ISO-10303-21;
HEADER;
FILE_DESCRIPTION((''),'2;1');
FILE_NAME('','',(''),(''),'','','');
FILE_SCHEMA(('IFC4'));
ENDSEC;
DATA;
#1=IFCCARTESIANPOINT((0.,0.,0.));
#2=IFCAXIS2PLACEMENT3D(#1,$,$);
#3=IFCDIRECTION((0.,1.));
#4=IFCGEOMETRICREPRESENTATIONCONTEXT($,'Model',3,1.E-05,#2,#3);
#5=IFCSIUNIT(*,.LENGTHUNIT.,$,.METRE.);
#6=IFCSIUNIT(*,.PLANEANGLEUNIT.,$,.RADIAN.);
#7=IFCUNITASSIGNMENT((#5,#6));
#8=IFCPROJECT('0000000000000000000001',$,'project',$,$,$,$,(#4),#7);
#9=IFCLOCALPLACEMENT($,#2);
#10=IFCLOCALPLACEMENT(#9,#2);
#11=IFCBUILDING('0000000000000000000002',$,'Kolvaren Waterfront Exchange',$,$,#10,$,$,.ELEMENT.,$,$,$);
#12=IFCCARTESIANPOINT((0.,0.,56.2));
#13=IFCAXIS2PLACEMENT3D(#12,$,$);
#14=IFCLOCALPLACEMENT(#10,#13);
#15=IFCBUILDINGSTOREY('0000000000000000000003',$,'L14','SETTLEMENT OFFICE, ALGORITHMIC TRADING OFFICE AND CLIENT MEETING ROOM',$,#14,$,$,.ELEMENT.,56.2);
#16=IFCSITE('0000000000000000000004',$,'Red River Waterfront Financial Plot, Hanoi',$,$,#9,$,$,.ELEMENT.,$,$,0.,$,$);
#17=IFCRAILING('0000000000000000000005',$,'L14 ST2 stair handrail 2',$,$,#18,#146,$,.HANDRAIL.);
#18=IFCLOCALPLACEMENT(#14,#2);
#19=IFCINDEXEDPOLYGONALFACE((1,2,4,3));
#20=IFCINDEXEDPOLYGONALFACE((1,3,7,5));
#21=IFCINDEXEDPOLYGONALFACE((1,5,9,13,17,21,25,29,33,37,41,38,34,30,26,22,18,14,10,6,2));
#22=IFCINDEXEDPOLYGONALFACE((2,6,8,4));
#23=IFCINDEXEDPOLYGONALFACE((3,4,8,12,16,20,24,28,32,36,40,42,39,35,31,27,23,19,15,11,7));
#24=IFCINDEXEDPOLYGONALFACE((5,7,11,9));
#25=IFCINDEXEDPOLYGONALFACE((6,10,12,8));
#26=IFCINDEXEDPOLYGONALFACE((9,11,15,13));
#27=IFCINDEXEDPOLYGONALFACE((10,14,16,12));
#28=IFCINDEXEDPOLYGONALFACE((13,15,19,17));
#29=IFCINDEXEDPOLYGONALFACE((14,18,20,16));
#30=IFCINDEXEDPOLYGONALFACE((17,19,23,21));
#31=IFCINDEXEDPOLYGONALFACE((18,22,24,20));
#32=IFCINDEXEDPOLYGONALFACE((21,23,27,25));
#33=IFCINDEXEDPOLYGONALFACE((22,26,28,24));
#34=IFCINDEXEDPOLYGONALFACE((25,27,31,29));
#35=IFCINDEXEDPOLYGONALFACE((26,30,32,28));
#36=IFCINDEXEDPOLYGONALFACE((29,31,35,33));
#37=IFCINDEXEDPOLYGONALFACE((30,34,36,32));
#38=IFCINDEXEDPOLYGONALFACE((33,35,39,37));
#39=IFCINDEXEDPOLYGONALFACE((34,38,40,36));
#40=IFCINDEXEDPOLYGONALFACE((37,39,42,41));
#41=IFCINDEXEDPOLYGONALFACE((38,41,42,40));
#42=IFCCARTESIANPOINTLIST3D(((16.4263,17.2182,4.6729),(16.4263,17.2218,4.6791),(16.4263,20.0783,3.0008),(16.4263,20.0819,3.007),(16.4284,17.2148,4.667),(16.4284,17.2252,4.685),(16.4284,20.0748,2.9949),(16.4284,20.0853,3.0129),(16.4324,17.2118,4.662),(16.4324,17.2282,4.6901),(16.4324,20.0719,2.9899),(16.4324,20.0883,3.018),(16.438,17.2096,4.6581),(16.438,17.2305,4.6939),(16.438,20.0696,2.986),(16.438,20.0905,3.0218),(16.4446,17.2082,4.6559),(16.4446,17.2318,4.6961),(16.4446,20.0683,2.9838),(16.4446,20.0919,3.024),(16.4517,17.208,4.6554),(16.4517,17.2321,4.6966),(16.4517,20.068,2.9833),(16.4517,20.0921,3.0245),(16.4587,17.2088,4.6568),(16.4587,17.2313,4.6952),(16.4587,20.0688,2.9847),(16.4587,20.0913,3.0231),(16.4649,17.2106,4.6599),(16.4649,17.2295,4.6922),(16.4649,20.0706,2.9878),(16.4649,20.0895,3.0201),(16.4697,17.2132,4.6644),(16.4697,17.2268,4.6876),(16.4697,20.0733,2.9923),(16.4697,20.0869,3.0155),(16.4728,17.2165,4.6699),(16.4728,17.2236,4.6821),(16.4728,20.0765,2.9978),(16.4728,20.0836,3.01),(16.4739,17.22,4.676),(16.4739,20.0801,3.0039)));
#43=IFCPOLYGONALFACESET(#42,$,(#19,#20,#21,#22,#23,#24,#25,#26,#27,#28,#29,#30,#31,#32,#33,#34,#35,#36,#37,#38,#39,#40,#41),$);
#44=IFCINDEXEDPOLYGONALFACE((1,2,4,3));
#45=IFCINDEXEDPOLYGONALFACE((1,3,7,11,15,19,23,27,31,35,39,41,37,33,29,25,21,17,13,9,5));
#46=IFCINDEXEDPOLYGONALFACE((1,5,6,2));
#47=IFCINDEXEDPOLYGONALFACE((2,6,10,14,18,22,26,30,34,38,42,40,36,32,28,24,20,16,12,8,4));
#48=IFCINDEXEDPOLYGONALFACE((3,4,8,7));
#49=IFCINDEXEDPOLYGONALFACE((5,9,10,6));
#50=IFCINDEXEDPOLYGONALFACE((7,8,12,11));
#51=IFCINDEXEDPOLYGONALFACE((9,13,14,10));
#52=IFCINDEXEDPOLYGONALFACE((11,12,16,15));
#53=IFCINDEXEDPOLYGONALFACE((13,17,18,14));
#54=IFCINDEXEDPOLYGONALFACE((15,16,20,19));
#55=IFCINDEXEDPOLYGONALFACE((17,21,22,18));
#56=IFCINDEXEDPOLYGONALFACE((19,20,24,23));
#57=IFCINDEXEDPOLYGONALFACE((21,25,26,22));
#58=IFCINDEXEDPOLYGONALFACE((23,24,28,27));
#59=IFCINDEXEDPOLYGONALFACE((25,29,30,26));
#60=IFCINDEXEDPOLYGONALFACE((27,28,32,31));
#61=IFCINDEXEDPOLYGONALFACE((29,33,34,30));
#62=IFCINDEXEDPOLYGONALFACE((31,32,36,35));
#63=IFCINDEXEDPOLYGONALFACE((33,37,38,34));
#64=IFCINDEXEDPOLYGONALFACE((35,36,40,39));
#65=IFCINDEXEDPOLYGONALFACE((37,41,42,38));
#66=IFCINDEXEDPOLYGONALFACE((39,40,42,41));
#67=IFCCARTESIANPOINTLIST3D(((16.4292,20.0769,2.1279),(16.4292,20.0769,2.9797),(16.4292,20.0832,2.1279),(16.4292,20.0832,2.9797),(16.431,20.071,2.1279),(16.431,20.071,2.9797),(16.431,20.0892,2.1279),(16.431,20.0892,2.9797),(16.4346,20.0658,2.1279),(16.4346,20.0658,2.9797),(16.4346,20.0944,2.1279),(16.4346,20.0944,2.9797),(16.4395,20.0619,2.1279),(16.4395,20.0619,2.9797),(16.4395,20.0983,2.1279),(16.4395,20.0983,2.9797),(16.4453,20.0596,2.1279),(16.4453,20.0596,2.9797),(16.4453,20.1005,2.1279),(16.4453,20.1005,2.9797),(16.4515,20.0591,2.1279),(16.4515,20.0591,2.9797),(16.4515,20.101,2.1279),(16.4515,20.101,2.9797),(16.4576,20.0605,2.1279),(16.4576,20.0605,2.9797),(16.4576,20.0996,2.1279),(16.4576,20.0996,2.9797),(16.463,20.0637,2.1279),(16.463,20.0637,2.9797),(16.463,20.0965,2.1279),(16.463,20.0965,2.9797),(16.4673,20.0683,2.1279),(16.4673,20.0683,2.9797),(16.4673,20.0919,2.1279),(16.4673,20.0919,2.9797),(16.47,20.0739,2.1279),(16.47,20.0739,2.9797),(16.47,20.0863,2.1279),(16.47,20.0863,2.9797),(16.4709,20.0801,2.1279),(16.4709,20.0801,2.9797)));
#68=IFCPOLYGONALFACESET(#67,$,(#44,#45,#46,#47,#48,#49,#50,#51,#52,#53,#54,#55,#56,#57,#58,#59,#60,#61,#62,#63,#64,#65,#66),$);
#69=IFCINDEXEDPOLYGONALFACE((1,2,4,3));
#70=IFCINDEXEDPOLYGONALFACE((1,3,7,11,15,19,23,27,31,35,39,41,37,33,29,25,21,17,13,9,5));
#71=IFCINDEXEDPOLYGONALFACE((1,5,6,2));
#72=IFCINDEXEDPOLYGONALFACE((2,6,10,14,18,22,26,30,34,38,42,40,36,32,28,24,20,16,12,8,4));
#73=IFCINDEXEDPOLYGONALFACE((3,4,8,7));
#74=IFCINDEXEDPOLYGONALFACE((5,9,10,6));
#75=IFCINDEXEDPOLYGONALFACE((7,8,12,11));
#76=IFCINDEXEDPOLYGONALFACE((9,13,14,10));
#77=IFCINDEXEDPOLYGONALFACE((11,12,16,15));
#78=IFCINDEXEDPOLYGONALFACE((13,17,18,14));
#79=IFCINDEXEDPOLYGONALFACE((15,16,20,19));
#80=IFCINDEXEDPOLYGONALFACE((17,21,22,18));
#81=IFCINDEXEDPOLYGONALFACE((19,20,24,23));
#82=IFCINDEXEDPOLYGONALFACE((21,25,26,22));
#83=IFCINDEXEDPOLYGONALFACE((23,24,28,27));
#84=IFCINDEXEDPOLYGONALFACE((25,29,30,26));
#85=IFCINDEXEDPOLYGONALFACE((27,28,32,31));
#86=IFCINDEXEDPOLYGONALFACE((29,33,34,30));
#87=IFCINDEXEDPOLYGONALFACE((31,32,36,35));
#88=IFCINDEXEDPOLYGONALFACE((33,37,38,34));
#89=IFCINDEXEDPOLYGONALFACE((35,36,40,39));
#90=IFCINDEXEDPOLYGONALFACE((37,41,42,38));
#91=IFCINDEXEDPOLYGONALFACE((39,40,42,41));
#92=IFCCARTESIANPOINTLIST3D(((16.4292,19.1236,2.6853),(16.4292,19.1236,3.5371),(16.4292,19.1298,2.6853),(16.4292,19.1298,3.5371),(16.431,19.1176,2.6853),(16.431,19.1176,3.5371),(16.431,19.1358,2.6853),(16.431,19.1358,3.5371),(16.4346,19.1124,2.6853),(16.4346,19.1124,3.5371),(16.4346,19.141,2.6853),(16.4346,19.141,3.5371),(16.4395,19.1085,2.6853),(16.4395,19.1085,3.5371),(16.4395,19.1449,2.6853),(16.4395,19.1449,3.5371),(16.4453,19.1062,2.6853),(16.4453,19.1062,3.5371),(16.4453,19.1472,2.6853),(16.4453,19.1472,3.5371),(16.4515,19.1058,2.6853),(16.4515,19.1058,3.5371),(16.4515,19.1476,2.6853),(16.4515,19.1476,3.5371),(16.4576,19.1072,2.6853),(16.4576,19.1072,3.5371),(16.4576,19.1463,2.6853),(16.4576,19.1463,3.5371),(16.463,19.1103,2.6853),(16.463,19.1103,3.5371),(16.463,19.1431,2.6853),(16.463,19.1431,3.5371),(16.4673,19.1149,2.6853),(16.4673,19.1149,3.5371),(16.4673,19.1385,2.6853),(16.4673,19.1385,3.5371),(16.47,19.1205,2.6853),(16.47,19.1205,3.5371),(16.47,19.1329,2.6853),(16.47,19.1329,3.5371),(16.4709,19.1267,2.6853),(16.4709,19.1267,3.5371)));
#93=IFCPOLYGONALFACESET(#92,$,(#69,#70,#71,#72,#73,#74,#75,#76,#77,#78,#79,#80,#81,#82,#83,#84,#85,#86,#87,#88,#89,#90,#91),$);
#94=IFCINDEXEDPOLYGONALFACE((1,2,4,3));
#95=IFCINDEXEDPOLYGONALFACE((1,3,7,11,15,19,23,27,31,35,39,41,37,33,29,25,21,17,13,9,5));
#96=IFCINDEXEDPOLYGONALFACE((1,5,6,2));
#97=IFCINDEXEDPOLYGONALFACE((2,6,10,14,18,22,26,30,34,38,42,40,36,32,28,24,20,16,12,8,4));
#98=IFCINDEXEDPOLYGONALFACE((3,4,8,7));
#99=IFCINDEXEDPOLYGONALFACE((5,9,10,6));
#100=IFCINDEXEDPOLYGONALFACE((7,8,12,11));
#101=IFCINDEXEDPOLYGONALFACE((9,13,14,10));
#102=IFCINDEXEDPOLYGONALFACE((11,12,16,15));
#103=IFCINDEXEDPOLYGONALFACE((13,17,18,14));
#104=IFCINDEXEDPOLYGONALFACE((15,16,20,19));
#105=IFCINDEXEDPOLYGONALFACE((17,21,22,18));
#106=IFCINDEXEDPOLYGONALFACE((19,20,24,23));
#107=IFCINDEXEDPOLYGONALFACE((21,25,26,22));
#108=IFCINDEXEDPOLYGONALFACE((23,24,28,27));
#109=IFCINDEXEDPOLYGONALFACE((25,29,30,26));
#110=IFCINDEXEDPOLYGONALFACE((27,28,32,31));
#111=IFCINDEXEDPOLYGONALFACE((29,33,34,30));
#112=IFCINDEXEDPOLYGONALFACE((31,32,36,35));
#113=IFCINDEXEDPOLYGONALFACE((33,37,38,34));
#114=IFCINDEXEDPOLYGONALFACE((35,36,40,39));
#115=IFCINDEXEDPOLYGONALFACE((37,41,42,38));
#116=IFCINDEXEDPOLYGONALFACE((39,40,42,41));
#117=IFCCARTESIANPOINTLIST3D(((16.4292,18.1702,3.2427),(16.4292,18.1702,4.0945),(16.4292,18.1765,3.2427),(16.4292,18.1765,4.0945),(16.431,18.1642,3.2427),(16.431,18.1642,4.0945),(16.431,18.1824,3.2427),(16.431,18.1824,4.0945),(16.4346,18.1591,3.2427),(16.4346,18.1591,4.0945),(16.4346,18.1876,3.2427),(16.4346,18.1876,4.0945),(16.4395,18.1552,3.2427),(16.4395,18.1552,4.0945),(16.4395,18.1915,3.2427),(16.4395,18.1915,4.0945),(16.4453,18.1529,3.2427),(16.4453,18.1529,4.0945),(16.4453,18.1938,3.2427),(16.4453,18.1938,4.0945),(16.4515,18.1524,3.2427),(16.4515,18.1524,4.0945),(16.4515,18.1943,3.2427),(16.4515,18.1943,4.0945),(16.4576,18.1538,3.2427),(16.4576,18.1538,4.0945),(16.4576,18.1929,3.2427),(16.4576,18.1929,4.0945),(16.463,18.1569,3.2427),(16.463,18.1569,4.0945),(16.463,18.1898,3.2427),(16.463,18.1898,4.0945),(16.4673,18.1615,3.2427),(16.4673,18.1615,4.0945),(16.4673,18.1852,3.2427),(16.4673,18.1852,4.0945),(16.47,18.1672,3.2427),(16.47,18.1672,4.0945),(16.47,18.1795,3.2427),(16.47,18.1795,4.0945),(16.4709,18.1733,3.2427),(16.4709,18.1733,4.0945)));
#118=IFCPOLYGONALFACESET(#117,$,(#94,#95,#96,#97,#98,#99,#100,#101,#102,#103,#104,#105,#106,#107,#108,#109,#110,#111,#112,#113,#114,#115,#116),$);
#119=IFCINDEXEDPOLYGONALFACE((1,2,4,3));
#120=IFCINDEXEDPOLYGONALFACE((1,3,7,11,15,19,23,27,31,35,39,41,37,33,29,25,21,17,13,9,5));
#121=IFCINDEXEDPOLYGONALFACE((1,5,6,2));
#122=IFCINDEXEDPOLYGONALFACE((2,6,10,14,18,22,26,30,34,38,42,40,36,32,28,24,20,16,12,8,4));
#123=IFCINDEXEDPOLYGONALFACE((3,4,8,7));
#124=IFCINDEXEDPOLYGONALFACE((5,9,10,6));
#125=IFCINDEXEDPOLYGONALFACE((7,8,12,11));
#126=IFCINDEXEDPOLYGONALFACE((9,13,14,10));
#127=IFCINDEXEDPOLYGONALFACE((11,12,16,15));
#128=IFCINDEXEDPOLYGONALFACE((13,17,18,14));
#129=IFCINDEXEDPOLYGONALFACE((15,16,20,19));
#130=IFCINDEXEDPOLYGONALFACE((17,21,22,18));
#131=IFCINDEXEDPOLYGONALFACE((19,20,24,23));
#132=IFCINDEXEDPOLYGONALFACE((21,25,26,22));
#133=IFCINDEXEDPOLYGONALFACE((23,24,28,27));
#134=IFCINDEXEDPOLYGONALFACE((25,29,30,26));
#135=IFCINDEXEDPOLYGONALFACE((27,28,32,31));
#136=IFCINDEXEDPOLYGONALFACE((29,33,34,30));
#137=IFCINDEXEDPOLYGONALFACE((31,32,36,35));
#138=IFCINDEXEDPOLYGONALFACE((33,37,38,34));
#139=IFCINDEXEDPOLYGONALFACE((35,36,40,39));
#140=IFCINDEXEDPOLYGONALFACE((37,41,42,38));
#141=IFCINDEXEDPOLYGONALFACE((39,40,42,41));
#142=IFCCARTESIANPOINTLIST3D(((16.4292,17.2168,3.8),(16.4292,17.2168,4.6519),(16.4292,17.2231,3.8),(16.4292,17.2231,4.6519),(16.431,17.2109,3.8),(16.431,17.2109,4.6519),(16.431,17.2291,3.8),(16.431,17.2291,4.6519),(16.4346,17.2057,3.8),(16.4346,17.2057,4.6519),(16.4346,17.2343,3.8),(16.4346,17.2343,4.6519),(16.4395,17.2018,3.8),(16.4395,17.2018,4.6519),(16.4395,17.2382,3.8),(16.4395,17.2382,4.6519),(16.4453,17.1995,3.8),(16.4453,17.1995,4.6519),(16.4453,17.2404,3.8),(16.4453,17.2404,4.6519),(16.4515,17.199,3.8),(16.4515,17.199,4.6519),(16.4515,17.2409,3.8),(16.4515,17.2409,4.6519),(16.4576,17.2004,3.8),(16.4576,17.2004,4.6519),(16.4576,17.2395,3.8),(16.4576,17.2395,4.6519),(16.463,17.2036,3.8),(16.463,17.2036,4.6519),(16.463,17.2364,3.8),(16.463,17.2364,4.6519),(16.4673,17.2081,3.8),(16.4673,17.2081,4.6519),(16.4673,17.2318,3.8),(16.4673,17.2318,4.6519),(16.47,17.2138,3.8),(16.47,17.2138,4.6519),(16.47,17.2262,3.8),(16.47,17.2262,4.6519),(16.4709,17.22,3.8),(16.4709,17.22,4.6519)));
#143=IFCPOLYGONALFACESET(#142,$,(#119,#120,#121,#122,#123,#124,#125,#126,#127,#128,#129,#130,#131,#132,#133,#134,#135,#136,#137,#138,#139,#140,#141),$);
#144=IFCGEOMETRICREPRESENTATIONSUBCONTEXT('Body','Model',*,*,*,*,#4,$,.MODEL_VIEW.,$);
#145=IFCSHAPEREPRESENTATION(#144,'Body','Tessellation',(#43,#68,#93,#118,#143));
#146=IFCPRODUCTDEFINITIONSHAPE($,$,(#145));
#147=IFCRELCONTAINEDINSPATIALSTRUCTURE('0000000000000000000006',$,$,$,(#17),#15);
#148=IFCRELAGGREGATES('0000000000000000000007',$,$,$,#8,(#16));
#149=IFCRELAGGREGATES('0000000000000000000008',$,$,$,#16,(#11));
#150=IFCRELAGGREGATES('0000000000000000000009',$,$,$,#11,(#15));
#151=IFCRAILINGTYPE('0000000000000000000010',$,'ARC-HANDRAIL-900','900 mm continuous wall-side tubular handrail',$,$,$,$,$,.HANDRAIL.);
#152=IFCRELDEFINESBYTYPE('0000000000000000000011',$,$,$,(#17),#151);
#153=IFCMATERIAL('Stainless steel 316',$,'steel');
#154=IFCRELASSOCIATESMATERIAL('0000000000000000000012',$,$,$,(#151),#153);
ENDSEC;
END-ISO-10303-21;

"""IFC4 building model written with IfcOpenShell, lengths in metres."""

from ifc_helpers import new_model, si_unit, direction, frame, origin, origin_2d, place, context, subcontext, project, spatial, circle, extrude, material, type_object, element, save


model = new_model("IFC4")

# Units and contexts
model_context = context("Model", 3, precision=1e-05, world=origin(), true_north=direction((0.0, 1.0)))
body_context = subcontext(model_context, "Body", "Model", "MODEL_VIEW")
ifc_project = project(units=[si_unit("LENGTHUNIT", "METRE"), si_unit("PLANEANGLEUNIT", "RADIAN")], contexts=[model_context])

# Site, building, storey
site_placement = place(None, origin())
site = spatial("IfcSite", under=ifc_project, at=site_placement, Name="Red River Waterfront Financial Plot, Hanoi", CompositionType="ELEMENT", RefElevation=0.0)
building_placement = place(site_placement, origin())
building = spatial("IfcBuilding", under=site, at=building_placement, Name="Kolvaren Waterfront Exchange", CompositionType="ELEMENT")
storey_placement = place(building_placement, frame((0.0, 0.0, 56.2)))
storey = spatial("IfcBuildingStorey", under=building, at=storey_placement, Name="L14", Description="SETTLEMENT OFFICE, ALGORITHMIC TRADING OFFICE AND CLIENT MEETING ROOM", CompositionType="ELEMENT", Elevation=56.2)

# Railing
ifc_material_1 = material(Name="Stainless steel 316", Category="steel")
railing_type_1 = type_object("IfcRailingType", Name="ARC-HANDRAIL-900", Description="900 mm continuous wall-side tubular handrail", PredefinedType="HANDRAIL", material=ifc_material_1)
railing_1_placement = place(storey_placement, frame((16.45, 20.0801, 2.1279)))
element("IfcRailing", 1, at=railing_1_placement, inside=storey, type_object=railing_type_1, Name="L14 ST2 stair handrail 2", PredefinedType="HANDRAIL", context=body_context, shape_type="SweptSolid", body=[
    extrude(circle(Radius=0.0239, at=origin_2d()), frame((0.0, 0.0, 0.876), z_axis=(0.0, -0.863289, 0.504709), x_axis=(1.0, 0.0, 0.0)), (0.0, 0.0, 1.0), 3.313),
    extrude(circle(Radius=0.021, at=origin_2d()), origin(), (0.0, 0.0, 1.0), 0.8518),
    extrude(circle(Radius=0.021, at=origin_2d()), frame((0.0, -0.9534, 0.5574)), (0.0, 0.0, 1.0), 0.8518),
    extrude(circle(Radius=0.021, at=origin_2d()), frame((0.0, -1.9067, 1.1147)), (0.0, 0.0, 1.0), 0.8518),
    extrude(circle(Radius=0.021, at=origin_2d()), frame((0.0, -2.8601, 1.6721)), (0.0, 0.0, 1.0), 0.8518),
])

save(model, "model.ifc")
